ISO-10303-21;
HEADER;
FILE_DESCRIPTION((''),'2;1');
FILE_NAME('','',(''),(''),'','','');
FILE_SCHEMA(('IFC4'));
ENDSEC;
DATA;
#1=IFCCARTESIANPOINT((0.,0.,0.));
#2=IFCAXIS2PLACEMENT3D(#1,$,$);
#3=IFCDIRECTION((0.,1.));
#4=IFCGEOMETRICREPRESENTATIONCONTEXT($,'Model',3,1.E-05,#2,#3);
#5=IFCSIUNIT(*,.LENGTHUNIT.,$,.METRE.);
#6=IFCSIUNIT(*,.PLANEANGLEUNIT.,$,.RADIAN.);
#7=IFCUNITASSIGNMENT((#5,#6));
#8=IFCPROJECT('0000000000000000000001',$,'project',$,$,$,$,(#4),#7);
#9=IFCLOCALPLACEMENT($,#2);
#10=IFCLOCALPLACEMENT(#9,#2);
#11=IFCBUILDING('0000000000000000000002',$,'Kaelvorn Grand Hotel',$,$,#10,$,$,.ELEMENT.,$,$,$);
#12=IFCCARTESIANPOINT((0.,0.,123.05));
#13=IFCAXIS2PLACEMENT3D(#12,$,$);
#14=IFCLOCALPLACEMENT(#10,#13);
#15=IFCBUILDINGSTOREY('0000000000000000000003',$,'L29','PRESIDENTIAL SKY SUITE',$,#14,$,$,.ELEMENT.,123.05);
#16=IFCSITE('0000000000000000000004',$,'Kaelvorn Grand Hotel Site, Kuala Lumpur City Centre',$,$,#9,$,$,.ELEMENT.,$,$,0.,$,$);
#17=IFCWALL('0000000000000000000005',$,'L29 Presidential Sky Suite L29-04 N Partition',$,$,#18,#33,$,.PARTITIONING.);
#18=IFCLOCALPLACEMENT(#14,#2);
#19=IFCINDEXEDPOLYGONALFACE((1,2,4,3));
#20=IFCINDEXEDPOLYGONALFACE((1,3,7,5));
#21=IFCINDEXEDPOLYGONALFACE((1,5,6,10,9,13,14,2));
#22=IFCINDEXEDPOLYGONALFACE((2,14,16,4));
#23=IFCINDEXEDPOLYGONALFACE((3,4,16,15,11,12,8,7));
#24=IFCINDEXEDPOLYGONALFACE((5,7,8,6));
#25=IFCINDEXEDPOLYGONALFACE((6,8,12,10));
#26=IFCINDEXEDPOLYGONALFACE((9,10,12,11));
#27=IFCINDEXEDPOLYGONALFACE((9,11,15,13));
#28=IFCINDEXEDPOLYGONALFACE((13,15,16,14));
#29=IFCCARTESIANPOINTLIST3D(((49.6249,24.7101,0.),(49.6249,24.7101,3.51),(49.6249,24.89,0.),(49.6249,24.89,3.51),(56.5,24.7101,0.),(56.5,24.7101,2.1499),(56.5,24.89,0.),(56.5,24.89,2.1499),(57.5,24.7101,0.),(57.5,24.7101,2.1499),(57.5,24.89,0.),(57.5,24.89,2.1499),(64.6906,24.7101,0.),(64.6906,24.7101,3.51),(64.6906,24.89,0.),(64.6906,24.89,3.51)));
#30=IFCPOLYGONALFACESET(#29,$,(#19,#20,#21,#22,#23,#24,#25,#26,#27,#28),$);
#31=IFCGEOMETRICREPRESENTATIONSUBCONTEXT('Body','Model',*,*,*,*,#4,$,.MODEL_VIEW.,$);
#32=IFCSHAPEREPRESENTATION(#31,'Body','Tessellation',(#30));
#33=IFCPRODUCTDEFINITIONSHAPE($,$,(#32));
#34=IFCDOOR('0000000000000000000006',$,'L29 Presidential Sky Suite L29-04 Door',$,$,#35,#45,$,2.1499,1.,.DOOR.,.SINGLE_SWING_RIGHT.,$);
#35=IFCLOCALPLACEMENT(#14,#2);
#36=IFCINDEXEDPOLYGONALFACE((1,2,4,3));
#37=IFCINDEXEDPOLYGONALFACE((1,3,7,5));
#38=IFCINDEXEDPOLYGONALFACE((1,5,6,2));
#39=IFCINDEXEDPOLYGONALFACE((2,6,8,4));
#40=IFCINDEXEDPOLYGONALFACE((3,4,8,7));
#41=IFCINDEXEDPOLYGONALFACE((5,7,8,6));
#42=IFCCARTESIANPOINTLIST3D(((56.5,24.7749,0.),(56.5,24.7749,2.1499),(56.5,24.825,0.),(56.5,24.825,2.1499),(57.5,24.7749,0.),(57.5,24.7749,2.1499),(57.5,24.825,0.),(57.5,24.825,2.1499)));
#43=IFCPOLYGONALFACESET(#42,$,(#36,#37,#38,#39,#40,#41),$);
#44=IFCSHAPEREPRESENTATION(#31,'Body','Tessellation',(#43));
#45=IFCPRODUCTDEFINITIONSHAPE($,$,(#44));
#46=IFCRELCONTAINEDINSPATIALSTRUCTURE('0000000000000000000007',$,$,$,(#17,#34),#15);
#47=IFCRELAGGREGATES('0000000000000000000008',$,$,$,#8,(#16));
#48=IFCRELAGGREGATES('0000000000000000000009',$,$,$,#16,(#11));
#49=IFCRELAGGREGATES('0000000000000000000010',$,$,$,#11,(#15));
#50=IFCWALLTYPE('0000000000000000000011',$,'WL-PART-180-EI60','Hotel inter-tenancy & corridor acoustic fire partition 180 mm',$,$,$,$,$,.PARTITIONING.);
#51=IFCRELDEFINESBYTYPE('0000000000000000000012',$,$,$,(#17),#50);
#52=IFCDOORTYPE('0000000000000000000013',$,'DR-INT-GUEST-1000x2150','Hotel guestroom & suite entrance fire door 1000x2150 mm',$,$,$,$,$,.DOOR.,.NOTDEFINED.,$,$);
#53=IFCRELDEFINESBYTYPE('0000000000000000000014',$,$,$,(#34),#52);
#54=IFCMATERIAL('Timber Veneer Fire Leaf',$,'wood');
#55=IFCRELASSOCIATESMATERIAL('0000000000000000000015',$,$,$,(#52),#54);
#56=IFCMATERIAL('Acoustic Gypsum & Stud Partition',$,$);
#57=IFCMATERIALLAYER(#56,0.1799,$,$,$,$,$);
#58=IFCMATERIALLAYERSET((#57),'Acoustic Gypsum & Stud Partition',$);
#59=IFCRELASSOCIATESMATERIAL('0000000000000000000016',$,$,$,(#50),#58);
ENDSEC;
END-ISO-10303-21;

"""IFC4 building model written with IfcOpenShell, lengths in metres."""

from ifc_helpers import new_model, si_unit, direction, frame, frame_2d, origin, place, context, subcontext, project, spatial, rectangle, extrude, material, layer, layer_set, type_object, element, fill, save


model = new_model("IFC4")

# Units and contexts
model_context = context("Model", 3, precision=1e-05, world=origin(), true_north=direction((0.0, 1.0)))
body_context = subcontext(model_context, "Body", "Model", "MODEL_VIEW")
ifc_project = project(units=[si_unit("LENGTHUNIT", "METRE"), si_unit("PLANEANGLEUNIT", "RADIAN")], contexts=[model_context])

# Site, building, storey
site_placement = place(None, origin())
site = spatial("IfcSite", under=ifc_project, at=site_placement, Name="Kaelvorn Grand Hotel Site, Kuala Lumpur City Centre", CompositionType="ELEMENT", RefElevation=0.0)
building_placement = place(site_placement, origin())
building = spatial("IfcBuilding", under=site, at=building_placement, Name="Kaelvorn Grand Hotel", CompositionType="ELEMENT")
storey_placement = place(building_placement, frame((0.0, 0.0, 123.05)))
storey = spatial("IfcBuildingStorey", under=building, at=storey_placement, Name="L29", Description="PRESIDENTIAL SKY SUITE", CompositionType="ELEMENT", Elevation=123.05)

# Shared definitions
ifc_material_1 = material(Name="Acoustic Gypsum & Stud Partition")
ifc_material_2 = material(Name="Timber Veneer Fire Leaf", Category="wood")
door_type_1 = type_object("IfcDoorType", Name="DR-INT-GUEST-1000x2150", Description="Hotel guestroom & suite entrance fire door 1000x2150 mm", OperationType="NOTDEFINED", PredefinedType="DOOR", material=ifc_material_2)

# Wall, opening, door
ifc_layer_1 = layer(ifc_material_1, 0.1799)
ifc_layer_set_1 = layer_set([ifc_layer_1], Name="Acoustic Gypsum & Stud Partition")
wall_type_1 = type_object("IfcWallType", Name="WL-PART-180-EI60", Description="Hotel inter-tenancy & corridor acoustic fire partition 180 mm", PredefinedType="PARTITIONING", material=ifc_layer_set_1)
wall_1_placement = place(storey_placement, frame((49.625, 24.8, 0.0), z_axis=(0.0, 0.0, 1.0), x_axis=(1.0, 0.0, 0.0)))
wall_1 = element("IfcWall", 1, at=wall_1_placement, inside=storey, type_object=wall_type_1, Name="L29 Presidential Sky Suite L29-04 N Partition", PredefinedType="PARTITIONING", context=body_context, shape_type="SweptSolid", body=[
    extrude(rectangle(XDim=15.0657, YDim=0.1799, at=frame_2d((7.5327, 0.0))), origin(), (0.0, 0.0, 1.0), 3.51),
])
opening_1_placement = place(wall_1_placement, frame((6.875, 0.0, 0.0)))
opening_1 = element("IfcOpeningElement", 2, at=opening_1_placement, cuts=wall_1, PredefinedType="OPENING", context=body_context, shape_type="SweptSolid", body=[
    extrude(rectangle(XDim=1.0, YDim=2.1499, at=frame_2d((0.5, 1.075))), frame((0.0, 0.1001, 0.0), z_axis=(0.0, -1.0, 0.0), x_axis=(1.0, 0.0, 0.0)), (0.0, 0.0, 1.0), 0.2),
])
door_1_placement = place(opening_1_placement, origin())
door_1 = element("IfcDoor", 3, at=door_1_placement, inside=storey, type_object=door_type_1, Name="L29 Presidential Sky Suite L29-04 Door", OperationType="SINGLE_SWING_RIGHT", OverallHeight=2.1499, OverallWidth=1.0, PredefinedType="DOOR", context=body_context, shape_type="SweptSolid", body=[
    extrude(rectangle(XDim=1.0, YDim=2.1499, at=frame_2d((0.5, 1.075))), frame((0.0, 0.0249, 0.0), z_axis=(0.0, -1.0, 0.0), x_axis=(1.0, 0.0, 0.0)), (0.0, 0.0, 1.0), 0.05),
])
fill(opening_1, door_1)

save(model, "model.ifc")
